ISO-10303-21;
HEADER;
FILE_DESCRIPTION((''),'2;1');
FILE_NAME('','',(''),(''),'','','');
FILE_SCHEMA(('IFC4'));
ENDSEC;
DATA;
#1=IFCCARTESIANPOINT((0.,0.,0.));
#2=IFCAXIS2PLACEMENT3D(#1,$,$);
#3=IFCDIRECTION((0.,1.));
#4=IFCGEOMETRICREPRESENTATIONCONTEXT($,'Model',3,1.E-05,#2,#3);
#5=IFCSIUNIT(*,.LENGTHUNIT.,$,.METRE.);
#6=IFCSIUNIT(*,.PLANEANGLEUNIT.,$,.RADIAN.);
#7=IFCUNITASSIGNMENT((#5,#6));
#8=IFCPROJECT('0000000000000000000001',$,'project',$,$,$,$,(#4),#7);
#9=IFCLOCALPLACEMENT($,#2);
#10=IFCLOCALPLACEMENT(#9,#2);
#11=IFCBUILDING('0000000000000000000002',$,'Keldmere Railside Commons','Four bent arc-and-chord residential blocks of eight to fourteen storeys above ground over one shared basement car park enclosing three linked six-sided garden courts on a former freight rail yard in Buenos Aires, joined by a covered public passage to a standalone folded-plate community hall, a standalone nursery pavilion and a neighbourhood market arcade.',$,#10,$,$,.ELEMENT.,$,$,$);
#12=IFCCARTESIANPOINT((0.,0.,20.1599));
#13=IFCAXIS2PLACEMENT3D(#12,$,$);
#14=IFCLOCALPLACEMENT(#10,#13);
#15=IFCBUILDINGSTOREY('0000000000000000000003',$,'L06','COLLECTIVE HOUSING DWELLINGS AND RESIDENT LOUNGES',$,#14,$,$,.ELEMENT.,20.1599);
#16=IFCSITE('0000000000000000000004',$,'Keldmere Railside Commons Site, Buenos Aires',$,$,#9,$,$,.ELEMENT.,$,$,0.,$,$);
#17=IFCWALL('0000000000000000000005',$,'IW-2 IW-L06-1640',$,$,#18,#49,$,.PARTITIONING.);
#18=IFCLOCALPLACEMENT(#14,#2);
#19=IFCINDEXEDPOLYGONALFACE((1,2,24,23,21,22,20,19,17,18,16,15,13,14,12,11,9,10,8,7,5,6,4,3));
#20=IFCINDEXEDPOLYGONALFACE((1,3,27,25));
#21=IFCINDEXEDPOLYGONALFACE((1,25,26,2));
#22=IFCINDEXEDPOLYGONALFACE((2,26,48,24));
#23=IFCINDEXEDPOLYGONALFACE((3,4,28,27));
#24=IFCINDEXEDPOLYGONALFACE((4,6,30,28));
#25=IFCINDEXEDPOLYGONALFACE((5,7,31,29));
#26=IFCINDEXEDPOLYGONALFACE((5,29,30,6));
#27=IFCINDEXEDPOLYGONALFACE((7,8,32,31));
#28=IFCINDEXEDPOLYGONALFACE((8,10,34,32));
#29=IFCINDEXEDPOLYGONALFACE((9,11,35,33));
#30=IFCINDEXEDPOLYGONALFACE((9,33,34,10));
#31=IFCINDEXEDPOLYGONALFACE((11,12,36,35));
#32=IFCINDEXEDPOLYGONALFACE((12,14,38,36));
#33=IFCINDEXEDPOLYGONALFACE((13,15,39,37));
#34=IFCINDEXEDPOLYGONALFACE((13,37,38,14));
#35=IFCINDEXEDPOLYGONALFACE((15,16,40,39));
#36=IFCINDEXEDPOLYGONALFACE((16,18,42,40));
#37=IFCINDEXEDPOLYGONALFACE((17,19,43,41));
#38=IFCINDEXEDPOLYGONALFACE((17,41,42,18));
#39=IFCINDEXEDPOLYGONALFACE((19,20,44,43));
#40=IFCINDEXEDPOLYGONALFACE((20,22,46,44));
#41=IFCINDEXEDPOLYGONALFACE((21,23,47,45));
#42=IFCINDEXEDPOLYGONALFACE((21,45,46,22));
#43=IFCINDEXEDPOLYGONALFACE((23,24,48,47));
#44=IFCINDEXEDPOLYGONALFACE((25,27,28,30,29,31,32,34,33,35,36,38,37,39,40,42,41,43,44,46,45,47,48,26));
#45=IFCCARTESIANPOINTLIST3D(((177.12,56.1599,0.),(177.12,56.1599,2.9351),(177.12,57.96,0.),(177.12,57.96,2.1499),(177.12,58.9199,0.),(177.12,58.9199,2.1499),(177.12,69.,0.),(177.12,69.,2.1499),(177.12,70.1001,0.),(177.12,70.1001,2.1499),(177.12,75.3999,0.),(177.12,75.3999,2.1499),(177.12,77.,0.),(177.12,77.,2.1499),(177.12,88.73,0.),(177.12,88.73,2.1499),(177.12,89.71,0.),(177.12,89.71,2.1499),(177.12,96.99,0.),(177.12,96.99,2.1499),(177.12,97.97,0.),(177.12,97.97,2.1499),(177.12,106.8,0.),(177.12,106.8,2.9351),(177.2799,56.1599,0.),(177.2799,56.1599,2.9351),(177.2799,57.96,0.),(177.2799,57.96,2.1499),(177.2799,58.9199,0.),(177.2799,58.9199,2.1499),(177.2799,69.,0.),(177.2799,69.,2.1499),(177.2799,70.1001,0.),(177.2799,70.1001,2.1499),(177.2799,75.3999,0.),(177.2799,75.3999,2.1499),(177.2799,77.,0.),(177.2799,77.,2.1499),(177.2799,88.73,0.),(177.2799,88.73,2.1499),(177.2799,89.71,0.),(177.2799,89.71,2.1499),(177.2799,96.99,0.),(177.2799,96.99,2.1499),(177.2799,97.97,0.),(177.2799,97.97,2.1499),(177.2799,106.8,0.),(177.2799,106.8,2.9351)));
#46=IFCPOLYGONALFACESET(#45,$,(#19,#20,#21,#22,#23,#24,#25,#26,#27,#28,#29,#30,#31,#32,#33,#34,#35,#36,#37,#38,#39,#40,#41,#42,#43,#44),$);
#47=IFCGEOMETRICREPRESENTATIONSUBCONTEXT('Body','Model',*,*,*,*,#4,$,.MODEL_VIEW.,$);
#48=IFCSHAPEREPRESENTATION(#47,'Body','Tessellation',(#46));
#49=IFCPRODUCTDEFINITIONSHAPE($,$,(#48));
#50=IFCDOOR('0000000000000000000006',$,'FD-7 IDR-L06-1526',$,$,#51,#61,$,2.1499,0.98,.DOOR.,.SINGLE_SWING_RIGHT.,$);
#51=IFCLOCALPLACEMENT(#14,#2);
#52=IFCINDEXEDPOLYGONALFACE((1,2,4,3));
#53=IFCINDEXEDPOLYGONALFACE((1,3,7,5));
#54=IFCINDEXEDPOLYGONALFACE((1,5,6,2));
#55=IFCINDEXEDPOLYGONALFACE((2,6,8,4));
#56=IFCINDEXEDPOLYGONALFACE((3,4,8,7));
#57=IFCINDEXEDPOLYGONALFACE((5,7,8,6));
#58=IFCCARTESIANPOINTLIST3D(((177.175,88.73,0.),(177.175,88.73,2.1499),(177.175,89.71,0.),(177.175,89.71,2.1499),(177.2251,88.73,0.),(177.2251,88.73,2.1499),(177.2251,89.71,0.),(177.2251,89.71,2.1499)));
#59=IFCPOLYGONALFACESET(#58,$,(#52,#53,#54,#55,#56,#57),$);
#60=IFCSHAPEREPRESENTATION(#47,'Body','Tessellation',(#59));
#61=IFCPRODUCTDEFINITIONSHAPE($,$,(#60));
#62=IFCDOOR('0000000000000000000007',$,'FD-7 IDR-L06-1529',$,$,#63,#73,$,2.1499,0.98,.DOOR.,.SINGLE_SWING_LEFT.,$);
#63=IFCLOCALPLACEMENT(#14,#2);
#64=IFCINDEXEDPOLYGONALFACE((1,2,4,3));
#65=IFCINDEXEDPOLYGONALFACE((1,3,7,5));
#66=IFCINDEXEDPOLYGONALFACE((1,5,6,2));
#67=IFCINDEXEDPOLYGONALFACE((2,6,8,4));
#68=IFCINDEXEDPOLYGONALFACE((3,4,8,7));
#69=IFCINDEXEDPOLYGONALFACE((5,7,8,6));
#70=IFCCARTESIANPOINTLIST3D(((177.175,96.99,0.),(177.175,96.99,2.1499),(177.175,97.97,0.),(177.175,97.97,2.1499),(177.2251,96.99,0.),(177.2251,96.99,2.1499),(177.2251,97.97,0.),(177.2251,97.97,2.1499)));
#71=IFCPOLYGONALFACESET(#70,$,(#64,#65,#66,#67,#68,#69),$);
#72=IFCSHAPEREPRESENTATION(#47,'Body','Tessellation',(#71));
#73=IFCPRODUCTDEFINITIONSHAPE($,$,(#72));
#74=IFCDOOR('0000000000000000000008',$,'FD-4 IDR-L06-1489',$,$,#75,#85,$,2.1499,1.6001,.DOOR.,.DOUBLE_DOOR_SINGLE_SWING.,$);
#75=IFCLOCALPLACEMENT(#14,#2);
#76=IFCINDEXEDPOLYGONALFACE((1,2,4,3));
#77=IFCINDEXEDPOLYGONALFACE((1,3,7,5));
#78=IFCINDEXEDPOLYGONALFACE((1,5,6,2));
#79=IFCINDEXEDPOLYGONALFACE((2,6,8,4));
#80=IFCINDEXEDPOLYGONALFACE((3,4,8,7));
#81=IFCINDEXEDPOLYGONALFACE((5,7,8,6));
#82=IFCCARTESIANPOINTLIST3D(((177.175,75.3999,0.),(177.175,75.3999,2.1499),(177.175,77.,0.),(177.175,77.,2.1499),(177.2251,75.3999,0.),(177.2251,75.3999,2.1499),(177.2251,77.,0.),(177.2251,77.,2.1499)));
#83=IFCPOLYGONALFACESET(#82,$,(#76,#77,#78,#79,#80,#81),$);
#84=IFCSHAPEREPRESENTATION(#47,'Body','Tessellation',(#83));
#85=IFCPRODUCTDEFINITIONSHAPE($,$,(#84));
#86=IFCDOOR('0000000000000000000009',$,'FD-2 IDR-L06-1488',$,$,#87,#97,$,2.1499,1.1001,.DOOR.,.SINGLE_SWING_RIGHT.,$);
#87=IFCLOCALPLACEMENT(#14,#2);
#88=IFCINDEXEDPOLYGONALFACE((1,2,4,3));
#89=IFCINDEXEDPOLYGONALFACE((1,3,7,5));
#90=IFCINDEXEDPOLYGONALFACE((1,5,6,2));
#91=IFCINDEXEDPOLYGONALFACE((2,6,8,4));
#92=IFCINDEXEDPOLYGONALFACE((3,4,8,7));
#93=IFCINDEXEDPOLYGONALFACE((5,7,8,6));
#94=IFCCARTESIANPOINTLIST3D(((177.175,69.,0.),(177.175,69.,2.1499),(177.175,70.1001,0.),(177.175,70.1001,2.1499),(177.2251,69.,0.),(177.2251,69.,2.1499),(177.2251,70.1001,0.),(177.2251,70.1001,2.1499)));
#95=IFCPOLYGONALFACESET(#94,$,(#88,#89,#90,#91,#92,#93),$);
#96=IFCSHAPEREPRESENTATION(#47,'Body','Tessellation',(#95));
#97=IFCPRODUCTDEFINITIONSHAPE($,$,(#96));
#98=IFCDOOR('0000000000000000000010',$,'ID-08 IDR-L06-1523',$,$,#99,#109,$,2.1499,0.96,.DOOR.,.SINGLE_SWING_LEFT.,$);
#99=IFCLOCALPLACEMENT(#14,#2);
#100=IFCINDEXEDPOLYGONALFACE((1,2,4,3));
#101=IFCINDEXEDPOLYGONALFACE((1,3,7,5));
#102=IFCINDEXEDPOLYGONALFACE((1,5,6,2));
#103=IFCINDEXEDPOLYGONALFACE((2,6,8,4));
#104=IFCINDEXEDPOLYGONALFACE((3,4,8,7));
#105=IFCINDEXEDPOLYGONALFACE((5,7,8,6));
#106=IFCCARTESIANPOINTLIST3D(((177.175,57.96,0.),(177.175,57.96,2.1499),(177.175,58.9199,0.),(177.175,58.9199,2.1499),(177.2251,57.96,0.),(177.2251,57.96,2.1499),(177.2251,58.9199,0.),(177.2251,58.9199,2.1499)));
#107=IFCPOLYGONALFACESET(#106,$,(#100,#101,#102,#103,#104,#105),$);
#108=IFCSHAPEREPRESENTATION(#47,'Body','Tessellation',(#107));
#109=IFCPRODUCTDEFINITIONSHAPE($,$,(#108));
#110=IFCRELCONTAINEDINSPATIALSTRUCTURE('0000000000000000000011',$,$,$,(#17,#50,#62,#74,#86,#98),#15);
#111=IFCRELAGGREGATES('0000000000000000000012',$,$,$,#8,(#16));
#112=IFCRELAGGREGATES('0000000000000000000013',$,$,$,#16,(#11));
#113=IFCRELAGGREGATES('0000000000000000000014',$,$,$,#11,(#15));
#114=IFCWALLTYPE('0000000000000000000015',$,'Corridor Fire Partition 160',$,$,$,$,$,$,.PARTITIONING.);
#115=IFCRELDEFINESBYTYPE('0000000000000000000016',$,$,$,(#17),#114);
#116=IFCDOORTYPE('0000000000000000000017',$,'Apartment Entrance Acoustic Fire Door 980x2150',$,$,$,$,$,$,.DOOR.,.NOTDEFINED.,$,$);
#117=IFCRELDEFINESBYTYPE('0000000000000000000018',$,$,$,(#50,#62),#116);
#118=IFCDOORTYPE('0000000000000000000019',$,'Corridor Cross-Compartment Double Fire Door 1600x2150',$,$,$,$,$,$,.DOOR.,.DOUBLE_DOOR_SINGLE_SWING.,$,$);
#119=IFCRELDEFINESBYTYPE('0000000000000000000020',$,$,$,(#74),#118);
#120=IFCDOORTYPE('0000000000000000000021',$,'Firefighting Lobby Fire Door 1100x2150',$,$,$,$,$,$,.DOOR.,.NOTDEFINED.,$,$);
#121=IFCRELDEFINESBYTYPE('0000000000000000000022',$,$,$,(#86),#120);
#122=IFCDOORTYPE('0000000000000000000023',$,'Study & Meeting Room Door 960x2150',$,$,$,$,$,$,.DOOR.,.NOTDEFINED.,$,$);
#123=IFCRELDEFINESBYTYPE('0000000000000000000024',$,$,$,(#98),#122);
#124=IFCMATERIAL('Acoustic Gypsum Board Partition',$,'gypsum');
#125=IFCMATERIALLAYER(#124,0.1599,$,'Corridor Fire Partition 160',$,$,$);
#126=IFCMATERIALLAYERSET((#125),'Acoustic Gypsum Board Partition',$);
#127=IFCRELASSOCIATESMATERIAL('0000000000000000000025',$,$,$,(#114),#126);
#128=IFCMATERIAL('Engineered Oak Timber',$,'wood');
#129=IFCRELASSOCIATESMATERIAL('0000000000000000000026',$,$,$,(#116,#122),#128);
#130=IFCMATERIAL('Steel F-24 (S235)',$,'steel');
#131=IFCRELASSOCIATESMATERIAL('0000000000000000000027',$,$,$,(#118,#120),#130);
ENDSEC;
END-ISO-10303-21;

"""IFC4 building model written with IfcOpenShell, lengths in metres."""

from ifc_helpers import new_model, si_unit, direction, frame, frame_2d, origin, place, context, subcontext, project, spatial, rectangle, extrude, material, layer, layer_set, type_object, element, fill, save


model = new_model("IFC4")

# Units and contexts
model_context = context("Model", 3, precision=1e-05, world=origin(), true_north=direction((0.0, 1.0)))
body_context = subcontext(model_context, "Body", "Model", "MODEL_VIEW")
ifc_project = project(units=[si_unit("LENGTHUNIT", "METRE"), si_unit("PLANEANGLEUNIT", "RADIAN")], contexts=[model_context])

# Site, building, storey
site_placement = place(None, origin())
site = spatial("IfcSite", under=ifc_project, at=site_placement, Name="Keldmere Railside Commons Site, Buenos Aires", CompositionType="ELEMENT", RefElevation=0.0)
building_placement = place(site_placement, origin())
building = spatial("IfcBuilding", under=site, at=building_placement, Name="Keldmere Railside Commons", Description="Four bent arc-and-chord residential blocks of eight to fourteen storeys above ground over one shared basement car park enclosing three linked six-sided garden courts on a former freight rail yard in Buenos Aires, joined by a covered public passage to a standalone folded-plate community hall, a standalone nursery pavilion and a neighbourhood market arcade.", CompositionType="ELEMENT")
storey_placement = place(building_placement, frame((0.0, 0.0, 20.1599)))
storey = spatial("IfcBuildingStorey", under=building, at=storey_placement, Name="L06", Description="COLLECTIVE HOUSING DWELLINGS AND RESIDENT LOUNGES", CompositionType="ELEMENT", Elevation=20.1599)

# Wall, openings, doors
ifc_material_1 = material(Name="Acoustic Gypsum Board Partition", Category="gypsum")
ifc_layer = layer(ifc_material_1, 0.1599, Name="Corridor Fire Partition 160")
ifc_layer_set = layer_set([ifc_layer], Name="Acoustic Gypsum Board Partition")
wall_type = type_object("IfcWallType", Name="Corridor Fire Partition 160", PredefinedType="PARTITIONING", material=ifc_layer_set)
ifc_material_2 = material(Name="Engineered Oak Timber", Category="wood")
door_type_1 = type_object("IfcDoorType", Name="Apartment Entrance Acoustic Fire Door 980x2150", OperationType="NOTDEFINED", PredefinedType="DOOR", material=ifc_material_2)
wall_1_placement = place(storey_placement, frame((177.2, 56.1599, 0.0), z_axis=(0.0, 0.0, 1.0), x_axis=(0.0, 1.0, 0.0)))
wall_1 = element("IfcWall", 1, at=wall_1_placement, inside=storey, type_object=wall_type, Name="IW-2 IW-L06-1640", PredefinedType="PARTITIONING", context=body_context, shape_type="SweptSolid", body=[
    extrude(rectangle(XDim=50.6401, YDim=0.1599, at=frame_2d((25.3201, 0.0))), origin(), (0.0, 0.0, 1.0), 2.9351),
])
opening_1_placement = place(wall_1_placement, frame((12.8401, 0.0, 0.0)))
opening_1 = element("IfcOpeningElement", 2, at=opening_1_placement, cuts=wall_1, PredefinedType="OPENING", context=body_context, shape_type="SweptSolid", body=[
    extrude(rectangle(XDim=1.1001, YDim=2.1499, at=frame_2d((0.55, 1.075))), frame((0.0, 0.0898, 0.0), z_axis=(0.0, -1.0, 0.0), x_axis=(1.0, 0.0, 0.0)), (0.0, 0.0, 1.0), 0.1799),
])
opening_2_placement = place(wall_1_placement, frame((19.24, 0.0, 0.0)))
opening_2 = element("IfcOpeningElement", 3, at=opening_2_placement, cuts=wall_1, PredefinedType="OPENING", context=body_context, shape_type="SweptSolid", body=[
    extrude(rectangle(XDim=1.6001, YDim=2.1499, at=frame_2d((0.8, 1.075))), frame((0.0, 0.0898, 0.0), z_axis=(0.0, -1.0, 0.0), x_axis=(1.0, 0.0, 0.0)), (0.0, 0.0, 1.0), 0.1799),
])
opening_3_placement = place(wall_1_placement, frame((1.8, 0.0, 0.0)))
opening_3 = element("IfcOpeningElement", 4, at=opening_3_placement, cuts=wall_1, PredefinedType="OPENING", context=body_context, shape_type="SweptSolid", body=[
    extrude(rectangle(XDim=0.96, YDim=2.1499, at=frame_2d((0.48, 1.075))), frame((0.0, 0.0898, 0.0), z_axis=(0.0, -1.0, 0.0), x_axis=(1.0, 0.0, 0.0)), (0.0, 0.0, 1.0), 0.1799),
])
opening_4_placement = place(wall_1_placement, frame((32.5701, 0.0, 0.0)))
opening_4 = element("IfcOpeningElement", 5, at=opening_4_placement, cuts=wall_1, PredefinedType="OPENING", context=body_context, shape_type="SweptSolid", body=[
    extrude(rectangle(XDim=0.98, YDim=2.1499, at=frame_2d((0.49, 1.075))), frame((0.0, 0.0898, 0.0), z_axis=(0.0, -1.0, 0.0), x_axis=(1.0, 0.0, 0.0)), (0.0, 0.0, 1.0), 0.1799),
])
opening_5_placement = place(wall_1_placement, frame((40.8301, 0.0, 0.0)))
opening_5 = element("IfcOpeningElement", 6, at=opening_5_placement, cuts=wall_1, PredefinedType="OPENING", context=body_context, shape_type="SweptSolid", body=[
    extrude(rectangle(XDim=0.98, YDim=2.1499, at=frame_2d((0.49, 1.075))), frame((0.0, 0.0898, 0.0), z_axis=(0.0, -1.0, 0.0), x_axis=(1.0, 0.0, 0.0)), (0.0, 0.0, 1.0), 0.1799),
])
door_1_placement = place(opening_4_placement, origin())
door_1 = element("IfcDoor", 7, at=door_1_placement, inside=storey, type_object=door_type_1, Name="FD-7 IDR-L06-1526", OperationType="SINGLE_SWING_RIGHT", OverallHeight=2.1499, OverallWidth=0.98, PredefinedType="DOOR", context=body_context, shape_type="SweptSolid", body=[
    extrude(rectangle(XDim=0.98, YDim=2.1499, at=frame_2d((0.49, 1.075))), frame((0.0, 0.0249, 0.0), z_axis=(0.0, -1.0, 0.0), x_axis=(1.0, 0.0, 0.0)), (0.0, 0.0, 1.0), 0.05),
])
fill(opening_4, door_1)
door_2_placement = place(opening_5_placement, origin())
door_2 = element("IfcDoor", 8, at=door_2_placement, inside=storey, type_object=door_type_1, Name="FD-7 IDR-L06-1529", OperationType="SINGLE_SWING_LEFT", OverallHeight=2.1499, OverallWidth=0.98, PredefinedType="DOOR", context=body_context, shape_type="SweptSolid", body=[
    extrude(rectangle(XDim=0.98, YDim=2.1499, at=frame_2d((0.49, 1.075))), frame((0.0, 0.0249, 0.0), z_axis=(0.0, -1.0, 0.0), x_axis=(1.0, 0.0, 0.0)), (0.0, 0.0, 1.0), 0.05),
])
fill(opening_5, door_2)
ifc_material_3 = material(Name="Steel F-24 (S235)", Category="steel")
door_type_2 = type_object("IfcDoorType", Name="Corridor Cross-Compartment Double Fire Door 1600x2150", OperationType="DOUBLE_DOOR_SINGLE_SWING", PredefinedType="DOOR", material=ifc_material_3)
door_3_placement = place(opening_2_placement, origin())
door_3 = element("IfcDoor", 9, at=door_3_placement, inside=storey, type_object=door_type_2, Name="FD-4 IDR-L06-1489", OperationType="DOUBLE_DOOR_SINGLE_SWING", OverallHeight=2.1499, OverallWidth=1.6001, PredefinedType="DOOR", context=body_context, shape_type="SweptSolid", body=[
    extrude(rectangle(XDim=1.6001, YDim=2.1499, at=frame_2d((0.8, 1.075))), frame((0.0, 0.0249, 0.0), z_axis=(0.0, -1.0, 0.0), x_axis=(1.0, 0.0, 0.0)), (0.0, 0.0, 1.0), 0.05),
])
fill(opening_2, door_3)
door_type_3 = type_object("IfcDoorType", Name="Firefighting Lobby Fire Door 1100x2150", OperationType="NOTDEFINED", PredefinedType="DOOR", material=ifc_material_3)
door_4_placement = place(opening_1_placement, origin())
door_4 = element("IfcDoor", 10, at=door_4_placement, inside=storey, type_object=door_type_3, Name="FD-2 IDR-L06-1488", OperationType="SINGLE_SWING_RIGHT", OverallHeight=2.1499, OverallWidth=1.1001, PredefinedType="DOOR", context=body_context, shape_type="SweptSolid", body=[
    extrude(rectangle(XDim=1.1001, YDim=2.1499, at=frame_2d((0.55, 1.075))), frame((0.0, 0.0249, 0.0), z_axis=(0.0, -1.0, 0.0), x_axis=(1.0, 0.0, 0.0)), (0.0, 0.0, 1.0), 0.05),
])
fill(opening_1, door_4)
door_type_4 = type_object("IfcDoorType", Name="Study & Meeting Room Door 960x2150", OperationType="NOTDEFINED", PredefinedType="DOOR", material=ifc_material_2)
door_5_placement = place(opening_3_placement, origin())
door_5 = element("IfcDoor", 11, at=door_5_placement, inside=storey, type_object=door_type_4, Name="ID-08 IDR-L06-1523", OperationType="SINGLE_SWING_LEFT", OverallHeight=2.1499, OverallWidth=0.96, PredefinedType="DOOR", context=body_context, shape_type="SweptSolid", body=[
    extrude(rectangle(XDim=0.96, YDim=2.1499, at=frame_2d((0.48, 1.075))), frame((0.0, 0.0249, 0.0), z_axis=(0.0, -1.0, 0.0), x_axis=(1.0, 0.0, 0.0)), (0.0, 0.0, 1.0), 0.05),
])
fill(opening_3, door_5)

save(model, "model.ifc")
